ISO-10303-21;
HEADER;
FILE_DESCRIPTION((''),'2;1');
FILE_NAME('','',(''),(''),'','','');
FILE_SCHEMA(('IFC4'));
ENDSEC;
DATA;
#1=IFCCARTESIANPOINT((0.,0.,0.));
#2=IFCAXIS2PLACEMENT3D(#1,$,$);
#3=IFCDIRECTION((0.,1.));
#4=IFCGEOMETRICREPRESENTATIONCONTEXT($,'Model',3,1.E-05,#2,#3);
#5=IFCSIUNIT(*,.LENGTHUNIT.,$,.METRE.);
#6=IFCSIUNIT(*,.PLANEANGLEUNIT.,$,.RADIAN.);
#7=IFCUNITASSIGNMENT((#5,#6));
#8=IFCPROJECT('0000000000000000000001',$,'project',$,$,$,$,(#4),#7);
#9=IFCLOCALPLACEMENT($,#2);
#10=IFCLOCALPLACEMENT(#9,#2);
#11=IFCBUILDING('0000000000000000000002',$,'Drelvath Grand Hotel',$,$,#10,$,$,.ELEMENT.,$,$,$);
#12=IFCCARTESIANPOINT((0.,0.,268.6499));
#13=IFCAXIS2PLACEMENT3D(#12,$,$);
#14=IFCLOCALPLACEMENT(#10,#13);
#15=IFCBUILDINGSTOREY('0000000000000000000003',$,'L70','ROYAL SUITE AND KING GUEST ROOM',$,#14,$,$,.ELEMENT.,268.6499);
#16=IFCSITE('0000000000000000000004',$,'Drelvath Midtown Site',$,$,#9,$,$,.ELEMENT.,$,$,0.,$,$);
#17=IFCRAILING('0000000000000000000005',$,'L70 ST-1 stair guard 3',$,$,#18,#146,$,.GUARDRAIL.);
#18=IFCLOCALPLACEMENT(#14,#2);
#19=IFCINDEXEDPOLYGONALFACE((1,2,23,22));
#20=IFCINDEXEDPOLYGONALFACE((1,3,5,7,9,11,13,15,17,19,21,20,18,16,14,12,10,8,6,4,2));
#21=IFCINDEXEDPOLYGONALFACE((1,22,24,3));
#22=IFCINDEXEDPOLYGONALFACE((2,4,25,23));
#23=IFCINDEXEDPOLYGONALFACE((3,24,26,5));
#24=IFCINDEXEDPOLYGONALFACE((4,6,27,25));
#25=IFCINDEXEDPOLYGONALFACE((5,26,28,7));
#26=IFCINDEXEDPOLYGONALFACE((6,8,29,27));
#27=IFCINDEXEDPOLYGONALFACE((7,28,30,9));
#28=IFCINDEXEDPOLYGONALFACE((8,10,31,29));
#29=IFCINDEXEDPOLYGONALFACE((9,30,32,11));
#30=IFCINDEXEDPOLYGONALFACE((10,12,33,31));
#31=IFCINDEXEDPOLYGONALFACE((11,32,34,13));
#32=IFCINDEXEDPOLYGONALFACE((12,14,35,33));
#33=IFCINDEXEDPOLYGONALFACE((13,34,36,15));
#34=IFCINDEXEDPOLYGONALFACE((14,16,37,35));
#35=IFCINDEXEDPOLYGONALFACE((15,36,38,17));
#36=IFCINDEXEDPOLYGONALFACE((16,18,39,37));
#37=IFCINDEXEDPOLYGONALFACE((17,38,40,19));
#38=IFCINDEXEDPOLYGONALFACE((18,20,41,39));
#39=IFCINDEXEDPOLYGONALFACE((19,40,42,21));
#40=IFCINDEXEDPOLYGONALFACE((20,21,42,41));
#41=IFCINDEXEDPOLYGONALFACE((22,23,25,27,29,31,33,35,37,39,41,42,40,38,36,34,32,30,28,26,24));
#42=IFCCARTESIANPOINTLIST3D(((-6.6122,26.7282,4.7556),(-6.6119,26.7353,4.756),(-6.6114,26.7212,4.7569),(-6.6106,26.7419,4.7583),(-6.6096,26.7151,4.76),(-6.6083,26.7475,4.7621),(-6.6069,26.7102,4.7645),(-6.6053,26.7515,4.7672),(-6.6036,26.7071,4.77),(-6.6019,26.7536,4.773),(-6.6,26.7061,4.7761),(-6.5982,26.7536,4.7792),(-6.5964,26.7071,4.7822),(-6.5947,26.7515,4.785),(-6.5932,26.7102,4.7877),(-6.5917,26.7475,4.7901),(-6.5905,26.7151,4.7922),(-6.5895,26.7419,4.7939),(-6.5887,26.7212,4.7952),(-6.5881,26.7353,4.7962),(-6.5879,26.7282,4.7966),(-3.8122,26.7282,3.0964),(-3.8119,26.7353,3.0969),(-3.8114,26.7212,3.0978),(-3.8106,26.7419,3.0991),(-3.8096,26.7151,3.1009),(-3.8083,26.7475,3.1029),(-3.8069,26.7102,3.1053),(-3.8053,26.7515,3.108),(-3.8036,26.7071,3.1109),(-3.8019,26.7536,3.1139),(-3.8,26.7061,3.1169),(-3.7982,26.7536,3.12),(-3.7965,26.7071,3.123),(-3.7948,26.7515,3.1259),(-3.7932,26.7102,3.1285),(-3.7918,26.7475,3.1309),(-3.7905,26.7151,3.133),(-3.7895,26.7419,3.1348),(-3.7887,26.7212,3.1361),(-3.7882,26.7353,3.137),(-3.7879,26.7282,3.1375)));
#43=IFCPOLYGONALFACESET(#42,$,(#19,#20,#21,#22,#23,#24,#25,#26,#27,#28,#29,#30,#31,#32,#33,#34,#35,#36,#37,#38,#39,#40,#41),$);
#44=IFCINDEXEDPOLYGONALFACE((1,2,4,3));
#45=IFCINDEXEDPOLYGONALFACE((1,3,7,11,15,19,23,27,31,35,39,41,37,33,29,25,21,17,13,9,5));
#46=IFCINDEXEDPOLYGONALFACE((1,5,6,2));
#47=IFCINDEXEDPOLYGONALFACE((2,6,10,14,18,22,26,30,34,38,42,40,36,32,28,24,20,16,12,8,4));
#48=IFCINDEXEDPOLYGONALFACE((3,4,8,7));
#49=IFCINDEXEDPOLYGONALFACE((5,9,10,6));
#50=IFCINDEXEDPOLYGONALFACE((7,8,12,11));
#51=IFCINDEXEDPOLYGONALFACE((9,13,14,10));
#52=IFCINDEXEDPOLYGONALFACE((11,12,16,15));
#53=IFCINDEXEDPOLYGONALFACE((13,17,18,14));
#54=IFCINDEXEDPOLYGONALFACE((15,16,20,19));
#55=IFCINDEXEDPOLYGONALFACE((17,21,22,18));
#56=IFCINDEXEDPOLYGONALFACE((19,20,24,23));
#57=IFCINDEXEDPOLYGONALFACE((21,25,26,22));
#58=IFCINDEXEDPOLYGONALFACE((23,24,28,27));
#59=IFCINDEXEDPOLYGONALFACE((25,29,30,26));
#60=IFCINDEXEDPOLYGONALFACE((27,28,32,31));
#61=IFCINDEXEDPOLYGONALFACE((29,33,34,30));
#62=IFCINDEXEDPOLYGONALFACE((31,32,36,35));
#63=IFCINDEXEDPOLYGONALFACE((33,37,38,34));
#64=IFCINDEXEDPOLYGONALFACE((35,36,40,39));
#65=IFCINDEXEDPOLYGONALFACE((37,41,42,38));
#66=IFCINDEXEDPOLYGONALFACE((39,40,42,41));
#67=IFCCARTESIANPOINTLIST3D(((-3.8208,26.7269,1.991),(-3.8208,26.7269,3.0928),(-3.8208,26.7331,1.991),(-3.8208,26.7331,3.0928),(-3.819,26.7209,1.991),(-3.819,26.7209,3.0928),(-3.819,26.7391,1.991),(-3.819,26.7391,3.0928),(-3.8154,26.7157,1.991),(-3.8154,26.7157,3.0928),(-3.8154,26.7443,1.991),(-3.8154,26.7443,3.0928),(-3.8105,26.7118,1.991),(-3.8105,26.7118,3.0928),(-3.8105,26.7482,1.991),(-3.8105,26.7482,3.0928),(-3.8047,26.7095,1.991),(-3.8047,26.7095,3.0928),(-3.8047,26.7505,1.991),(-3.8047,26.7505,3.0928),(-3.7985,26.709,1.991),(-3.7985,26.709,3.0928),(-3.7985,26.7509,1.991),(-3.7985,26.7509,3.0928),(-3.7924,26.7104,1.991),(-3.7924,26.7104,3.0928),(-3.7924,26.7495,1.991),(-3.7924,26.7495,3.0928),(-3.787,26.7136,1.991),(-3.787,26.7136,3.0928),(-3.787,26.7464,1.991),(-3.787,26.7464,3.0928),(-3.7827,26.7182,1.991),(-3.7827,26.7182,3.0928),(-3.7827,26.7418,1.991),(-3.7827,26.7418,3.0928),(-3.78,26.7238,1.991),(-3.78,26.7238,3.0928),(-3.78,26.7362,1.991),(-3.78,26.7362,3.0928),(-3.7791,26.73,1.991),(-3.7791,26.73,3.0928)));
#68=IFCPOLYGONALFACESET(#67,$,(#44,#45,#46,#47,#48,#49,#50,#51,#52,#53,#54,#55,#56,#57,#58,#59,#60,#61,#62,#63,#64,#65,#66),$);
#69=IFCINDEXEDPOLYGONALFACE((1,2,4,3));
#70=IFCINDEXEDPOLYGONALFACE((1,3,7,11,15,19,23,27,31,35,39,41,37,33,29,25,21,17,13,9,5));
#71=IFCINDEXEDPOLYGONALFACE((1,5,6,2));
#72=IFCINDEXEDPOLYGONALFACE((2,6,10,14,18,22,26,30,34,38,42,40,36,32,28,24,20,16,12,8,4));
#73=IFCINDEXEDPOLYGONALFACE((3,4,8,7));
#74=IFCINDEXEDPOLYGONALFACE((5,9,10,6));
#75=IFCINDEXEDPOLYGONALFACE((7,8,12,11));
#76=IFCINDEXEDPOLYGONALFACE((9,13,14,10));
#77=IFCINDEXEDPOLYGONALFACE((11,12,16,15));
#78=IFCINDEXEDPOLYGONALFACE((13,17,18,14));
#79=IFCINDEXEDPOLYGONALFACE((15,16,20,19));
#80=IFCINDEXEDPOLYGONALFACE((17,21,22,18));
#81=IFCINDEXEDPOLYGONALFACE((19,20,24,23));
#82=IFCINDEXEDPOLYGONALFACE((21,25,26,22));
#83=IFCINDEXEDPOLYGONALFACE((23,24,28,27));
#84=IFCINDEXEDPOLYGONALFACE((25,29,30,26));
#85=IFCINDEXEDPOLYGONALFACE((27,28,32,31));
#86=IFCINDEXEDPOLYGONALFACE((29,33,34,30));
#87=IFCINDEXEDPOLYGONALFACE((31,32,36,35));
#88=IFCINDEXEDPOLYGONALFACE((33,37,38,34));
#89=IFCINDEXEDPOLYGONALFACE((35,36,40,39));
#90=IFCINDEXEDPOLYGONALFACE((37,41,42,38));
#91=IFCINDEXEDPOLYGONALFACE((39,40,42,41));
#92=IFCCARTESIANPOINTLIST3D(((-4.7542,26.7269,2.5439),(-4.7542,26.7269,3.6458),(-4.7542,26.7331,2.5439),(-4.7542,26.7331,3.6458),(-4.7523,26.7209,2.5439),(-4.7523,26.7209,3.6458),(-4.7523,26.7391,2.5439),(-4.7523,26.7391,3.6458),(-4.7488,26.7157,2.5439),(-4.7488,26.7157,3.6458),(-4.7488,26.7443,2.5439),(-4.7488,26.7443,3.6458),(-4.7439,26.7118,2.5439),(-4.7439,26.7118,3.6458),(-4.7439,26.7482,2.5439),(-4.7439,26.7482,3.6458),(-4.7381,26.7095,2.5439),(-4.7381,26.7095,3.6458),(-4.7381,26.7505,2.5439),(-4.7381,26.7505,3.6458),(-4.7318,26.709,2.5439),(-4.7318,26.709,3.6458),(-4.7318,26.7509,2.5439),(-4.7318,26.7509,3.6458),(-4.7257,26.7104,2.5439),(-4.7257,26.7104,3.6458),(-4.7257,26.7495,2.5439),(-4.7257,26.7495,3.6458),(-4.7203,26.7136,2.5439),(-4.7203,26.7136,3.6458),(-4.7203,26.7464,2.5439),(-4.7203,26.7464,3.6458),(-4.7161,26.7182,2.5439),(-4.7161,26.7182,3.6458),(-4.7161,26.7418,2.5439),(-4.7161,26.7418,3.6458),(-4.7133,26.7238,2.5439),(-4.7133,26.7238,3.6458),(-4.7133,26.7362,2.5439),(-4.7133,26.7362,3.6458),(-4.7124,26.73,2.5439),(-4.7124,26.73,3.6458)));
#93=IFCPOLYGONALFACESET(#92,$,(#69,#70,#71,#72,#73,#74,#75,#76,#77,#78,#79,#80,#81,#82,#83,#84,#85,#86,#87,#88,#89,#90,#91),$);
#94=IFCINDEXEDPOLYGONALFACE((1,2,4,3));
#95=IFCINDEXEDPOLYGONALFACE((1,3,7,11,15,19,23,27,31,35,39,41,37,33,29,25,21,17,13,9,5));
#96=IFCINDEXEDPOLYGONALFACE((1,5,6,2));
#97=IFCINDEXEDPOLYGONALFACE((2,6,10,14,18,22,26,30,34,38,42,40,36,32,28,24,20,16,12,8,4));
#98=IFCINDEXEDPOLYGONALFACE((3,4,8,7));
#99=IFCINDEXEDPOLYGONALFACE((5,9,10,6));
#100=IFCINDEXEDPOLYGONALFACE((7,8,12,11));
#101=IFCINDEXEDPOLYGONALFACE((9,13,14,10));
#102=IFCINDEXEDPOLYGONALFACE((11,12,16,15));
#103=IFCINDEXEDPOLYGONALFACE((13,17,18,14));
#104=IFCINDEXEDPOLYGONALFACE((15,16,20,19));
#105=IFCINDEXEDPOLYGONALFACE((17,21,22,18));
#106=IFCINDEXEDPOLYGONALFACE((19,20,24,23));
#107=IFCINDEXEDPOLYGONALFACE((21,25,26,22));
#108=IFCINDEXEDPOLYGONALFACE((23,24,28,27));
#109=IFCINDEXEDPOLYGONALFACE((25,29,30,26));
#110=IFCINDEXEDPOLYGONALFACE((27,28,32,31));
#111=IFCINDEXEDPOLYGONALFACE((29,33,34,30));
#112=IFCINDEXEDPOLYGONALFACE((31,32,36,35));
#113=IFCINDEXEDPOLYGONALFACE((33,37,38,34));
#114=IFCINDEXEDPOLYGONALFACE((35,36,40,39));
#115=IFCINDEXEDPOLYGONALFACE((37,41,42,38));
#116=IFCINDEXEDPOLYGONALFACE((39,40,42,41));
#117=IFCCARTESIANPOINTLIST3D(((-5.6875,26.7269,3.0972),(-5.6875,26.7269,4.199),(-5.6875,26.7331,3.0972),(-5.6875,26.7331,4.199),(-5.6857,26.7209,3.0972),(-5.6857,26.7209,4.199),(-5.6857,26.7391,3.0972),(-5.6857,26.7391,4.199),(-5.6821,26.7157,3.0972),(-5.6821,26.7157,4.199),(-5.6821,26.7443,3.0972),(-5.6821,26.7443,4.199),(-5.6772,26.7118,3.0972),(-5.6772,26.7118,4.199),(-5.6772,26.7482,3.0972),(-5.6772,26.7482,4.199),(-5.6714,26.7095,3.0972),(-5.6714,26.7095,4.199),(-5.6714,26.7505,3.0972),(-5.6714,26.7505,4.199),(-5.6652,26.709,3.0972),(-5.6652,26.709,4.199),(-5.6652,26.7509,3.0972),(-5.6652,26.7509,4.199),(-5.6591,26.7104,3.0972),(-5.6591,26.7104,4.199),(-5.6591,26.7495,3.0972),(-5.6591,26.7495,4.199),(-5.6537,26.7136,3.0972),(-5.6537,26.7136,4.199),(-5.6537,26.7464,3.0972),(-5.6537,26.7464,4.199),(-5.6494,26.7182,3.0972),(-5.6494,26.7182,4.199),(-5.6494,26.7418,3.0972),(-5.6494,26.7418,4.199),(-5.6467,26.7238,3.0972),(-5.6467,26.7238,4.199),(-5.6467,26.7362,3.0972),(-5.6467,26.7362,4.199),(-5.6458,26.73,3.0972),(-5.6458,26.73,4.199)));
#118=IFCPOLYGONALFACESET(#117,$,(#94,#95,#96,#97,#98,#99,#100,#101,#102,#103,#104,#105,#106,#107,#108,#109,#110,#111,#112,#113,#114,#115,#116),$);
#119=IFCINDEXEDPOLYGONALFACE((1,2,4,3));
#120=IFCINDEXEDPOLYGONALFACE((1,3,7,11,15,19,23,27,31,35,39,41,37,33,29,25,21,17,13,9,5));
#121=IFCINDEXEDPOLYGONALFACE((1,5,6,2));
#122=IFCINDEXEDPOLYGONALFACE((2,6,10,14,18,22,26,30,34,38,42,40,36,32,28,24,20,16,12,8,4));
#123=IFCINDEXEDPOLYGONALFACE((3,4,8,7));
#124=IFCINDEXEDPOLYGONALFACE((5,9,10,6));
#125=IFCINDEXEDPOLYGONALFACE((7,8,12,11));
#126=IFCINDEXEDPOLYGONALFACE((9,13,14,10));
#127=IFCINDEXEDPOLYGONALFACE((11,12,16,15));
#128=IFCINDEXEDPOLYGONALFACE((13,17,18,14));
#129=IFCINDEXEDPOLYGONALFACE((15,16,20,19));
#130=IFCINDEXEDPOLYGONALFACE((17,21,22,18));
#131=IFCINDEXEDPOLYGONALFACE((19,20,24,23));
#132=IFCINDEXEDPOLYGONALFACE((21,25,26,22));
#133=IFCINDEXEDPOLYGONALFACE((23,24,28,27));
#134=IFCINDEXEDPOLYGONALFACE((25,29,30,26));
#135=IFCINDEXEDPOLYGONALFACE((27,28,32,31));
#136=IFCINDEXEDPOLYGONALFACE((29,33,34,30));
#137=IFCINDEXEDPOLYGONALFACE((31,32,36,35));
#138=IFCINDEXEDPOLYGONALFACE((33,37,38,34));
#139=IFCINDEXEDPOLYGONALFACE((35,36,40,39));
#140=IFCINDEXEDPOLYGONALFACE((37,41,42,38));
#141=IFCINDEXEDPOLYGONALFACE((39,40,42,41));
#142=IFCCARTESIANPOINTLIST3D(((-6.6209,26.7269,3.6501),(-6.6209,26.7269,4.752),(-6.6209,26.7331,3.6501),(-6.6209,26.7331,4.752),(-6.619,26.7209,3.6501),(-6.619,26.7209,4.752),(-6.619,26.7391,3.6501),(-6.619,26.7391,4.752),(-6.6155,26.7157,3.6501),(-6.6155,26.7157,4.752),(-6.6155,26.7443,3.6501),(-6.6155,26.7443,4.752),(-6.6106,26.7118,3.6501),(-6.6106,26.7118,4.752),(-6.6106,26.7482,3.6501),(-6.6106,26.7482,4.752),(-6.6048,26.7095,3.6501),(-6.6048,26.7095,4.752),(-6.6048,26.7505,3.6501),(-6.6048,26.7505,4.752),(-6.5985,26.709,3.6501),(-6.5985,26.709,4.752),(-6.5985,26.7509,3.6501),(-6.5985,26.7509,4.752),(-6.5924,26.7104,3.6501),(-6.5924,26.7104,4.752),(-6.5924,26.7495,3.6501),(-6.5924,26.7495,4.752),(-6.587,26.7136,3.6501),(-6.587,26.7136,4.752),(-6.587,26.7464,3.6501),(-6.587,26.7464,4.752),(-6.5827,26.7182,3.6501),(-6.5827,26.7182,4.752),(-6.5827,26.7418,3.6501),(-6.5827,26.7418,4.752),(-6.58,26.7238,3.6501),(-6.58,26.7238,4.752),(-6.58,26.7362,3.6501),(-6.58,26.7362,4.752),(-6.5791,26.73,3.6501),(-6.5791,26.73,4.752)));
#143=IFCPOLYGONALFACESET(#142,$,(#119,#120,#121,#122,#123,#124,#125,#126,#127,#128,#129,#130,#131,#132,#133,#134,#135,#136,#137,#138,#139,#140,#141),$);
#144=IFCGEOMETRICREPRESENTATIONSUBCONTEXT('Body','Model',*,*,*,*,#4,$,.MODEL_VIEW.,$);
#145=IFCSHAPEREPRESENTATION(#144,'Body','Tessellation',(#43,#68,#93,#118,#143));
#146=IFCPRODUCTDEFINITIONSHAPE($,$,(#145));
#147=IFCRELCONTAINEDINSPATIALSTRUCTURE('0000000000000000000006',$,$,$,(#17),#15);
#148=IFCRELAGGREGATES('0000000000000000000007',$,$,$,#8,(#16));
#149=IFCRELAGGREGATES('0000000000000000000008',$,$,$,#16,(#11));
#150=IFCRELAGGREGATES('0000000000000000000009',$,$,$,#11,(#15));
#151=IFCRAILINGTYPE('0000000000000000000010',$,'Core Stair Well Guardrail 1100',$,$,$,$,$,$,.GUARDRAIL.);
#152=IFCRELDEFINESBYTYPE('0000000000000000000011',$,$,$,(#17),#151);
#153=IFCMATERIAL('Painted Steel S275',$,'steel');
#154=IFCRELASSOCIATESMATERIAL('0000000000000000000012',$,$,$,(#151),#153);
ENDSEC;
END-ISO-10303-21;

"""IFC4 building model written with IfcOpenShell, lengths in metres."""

from ifc_helpers import new_model, si_unit, direction, frame, origin, origin_2d, place, context, subcontext, project, spatial, circle, extrude, material, type_object, element, save


model = new_model("IFC4")

# Units and contexts
model_context = context("Model", 3, precision=1e-05, world=origin(), true_north=direction((0.0, 1.0)))
body_context = subcontext(model_context, "Body", "Model", "MODEL_VIEW")
ifc_project = project(units=[si_unit("LENGTHUNIT", "METRE"), si_unit("PLANEANGLEUNIT", "RADIAN")], contexts=[model_context])

# Site, building, storey
site_placement = place(None, origin())
site = spatial("IfcSite", under=ifc_project, at=site_placement, Name="Drelvath Midtown Site", CompositionType="ELEMENT", RefElevation=0.0)
building_placement = place(site_placement, origin())
building = spatial("IfcBuilding", under=site, at=building_placement, Name="Drelvath Grand Hotel", CompositionType="ELEMENT")
storey_placement = place(building_placement, frame((0.0, 0.0, 268.6499)))
storey = spatial("IfcBuildingStorey", under=building, at=storey_placement, Name="L70", Description="ROYAL SUITE AND KING GUEST ROOM", CompositionType="ELEMENT", Elevation=268.6499)

# Shared definitions
ifc_material_1 = material(Name="Painted Steel S275", Category="steel")

# Railing
railing_type_1 = type_object("IfcRailingType", Name="Core Stair Well Guardrail 1100", PredefinedType="GUARDRAIL", material=ifc_material_1)
railing_1_placement = place(storey_placement, frame((-3.8, 26.73, 1.991)))
element("IfcRailing", 1, at=railing_1_placement, inside=storey, type_object=railing_type_1, Name="L70 ST-1 stair guard 3", PredefinedType="GUARDRAIL", context=body_context, shape_type="SweptSolid", body=[
    extrude(circle(Radius=0.0239, at=origin_2d()), frame((0.0, 0.0, 1.126), z_axis=(-0.860306, 0.0, 0.509778), x_axis=(0.0, -1.0, 0.0)), (0.0, 0.0, 1.0), 3.2546),
    extrude(circle(Radius=0.021, at=origin_2d()), origin(), (0.0, 0.0, 1.0), 1.1018),
    extrude(circle(Radius=0.021, at=origin_2d()), frame((-0.9333, 0.0, 0.553)), (0.0, 0.0, 1.0), 1.1018),
    extrude(circle(Radius=0.021, at=origin_2d()), frame((-1.8667, 0.0, 1.1062)), (0.0, 0.0, 1.0), 1.1018),
    extrude(circle(Radius=0.021, at=origin_2d()), frame((-2.8, 0.0, 1.6592)), (0.0, 0.0, 1.0), 1.1018),
])

save(model, "model.ifc")
